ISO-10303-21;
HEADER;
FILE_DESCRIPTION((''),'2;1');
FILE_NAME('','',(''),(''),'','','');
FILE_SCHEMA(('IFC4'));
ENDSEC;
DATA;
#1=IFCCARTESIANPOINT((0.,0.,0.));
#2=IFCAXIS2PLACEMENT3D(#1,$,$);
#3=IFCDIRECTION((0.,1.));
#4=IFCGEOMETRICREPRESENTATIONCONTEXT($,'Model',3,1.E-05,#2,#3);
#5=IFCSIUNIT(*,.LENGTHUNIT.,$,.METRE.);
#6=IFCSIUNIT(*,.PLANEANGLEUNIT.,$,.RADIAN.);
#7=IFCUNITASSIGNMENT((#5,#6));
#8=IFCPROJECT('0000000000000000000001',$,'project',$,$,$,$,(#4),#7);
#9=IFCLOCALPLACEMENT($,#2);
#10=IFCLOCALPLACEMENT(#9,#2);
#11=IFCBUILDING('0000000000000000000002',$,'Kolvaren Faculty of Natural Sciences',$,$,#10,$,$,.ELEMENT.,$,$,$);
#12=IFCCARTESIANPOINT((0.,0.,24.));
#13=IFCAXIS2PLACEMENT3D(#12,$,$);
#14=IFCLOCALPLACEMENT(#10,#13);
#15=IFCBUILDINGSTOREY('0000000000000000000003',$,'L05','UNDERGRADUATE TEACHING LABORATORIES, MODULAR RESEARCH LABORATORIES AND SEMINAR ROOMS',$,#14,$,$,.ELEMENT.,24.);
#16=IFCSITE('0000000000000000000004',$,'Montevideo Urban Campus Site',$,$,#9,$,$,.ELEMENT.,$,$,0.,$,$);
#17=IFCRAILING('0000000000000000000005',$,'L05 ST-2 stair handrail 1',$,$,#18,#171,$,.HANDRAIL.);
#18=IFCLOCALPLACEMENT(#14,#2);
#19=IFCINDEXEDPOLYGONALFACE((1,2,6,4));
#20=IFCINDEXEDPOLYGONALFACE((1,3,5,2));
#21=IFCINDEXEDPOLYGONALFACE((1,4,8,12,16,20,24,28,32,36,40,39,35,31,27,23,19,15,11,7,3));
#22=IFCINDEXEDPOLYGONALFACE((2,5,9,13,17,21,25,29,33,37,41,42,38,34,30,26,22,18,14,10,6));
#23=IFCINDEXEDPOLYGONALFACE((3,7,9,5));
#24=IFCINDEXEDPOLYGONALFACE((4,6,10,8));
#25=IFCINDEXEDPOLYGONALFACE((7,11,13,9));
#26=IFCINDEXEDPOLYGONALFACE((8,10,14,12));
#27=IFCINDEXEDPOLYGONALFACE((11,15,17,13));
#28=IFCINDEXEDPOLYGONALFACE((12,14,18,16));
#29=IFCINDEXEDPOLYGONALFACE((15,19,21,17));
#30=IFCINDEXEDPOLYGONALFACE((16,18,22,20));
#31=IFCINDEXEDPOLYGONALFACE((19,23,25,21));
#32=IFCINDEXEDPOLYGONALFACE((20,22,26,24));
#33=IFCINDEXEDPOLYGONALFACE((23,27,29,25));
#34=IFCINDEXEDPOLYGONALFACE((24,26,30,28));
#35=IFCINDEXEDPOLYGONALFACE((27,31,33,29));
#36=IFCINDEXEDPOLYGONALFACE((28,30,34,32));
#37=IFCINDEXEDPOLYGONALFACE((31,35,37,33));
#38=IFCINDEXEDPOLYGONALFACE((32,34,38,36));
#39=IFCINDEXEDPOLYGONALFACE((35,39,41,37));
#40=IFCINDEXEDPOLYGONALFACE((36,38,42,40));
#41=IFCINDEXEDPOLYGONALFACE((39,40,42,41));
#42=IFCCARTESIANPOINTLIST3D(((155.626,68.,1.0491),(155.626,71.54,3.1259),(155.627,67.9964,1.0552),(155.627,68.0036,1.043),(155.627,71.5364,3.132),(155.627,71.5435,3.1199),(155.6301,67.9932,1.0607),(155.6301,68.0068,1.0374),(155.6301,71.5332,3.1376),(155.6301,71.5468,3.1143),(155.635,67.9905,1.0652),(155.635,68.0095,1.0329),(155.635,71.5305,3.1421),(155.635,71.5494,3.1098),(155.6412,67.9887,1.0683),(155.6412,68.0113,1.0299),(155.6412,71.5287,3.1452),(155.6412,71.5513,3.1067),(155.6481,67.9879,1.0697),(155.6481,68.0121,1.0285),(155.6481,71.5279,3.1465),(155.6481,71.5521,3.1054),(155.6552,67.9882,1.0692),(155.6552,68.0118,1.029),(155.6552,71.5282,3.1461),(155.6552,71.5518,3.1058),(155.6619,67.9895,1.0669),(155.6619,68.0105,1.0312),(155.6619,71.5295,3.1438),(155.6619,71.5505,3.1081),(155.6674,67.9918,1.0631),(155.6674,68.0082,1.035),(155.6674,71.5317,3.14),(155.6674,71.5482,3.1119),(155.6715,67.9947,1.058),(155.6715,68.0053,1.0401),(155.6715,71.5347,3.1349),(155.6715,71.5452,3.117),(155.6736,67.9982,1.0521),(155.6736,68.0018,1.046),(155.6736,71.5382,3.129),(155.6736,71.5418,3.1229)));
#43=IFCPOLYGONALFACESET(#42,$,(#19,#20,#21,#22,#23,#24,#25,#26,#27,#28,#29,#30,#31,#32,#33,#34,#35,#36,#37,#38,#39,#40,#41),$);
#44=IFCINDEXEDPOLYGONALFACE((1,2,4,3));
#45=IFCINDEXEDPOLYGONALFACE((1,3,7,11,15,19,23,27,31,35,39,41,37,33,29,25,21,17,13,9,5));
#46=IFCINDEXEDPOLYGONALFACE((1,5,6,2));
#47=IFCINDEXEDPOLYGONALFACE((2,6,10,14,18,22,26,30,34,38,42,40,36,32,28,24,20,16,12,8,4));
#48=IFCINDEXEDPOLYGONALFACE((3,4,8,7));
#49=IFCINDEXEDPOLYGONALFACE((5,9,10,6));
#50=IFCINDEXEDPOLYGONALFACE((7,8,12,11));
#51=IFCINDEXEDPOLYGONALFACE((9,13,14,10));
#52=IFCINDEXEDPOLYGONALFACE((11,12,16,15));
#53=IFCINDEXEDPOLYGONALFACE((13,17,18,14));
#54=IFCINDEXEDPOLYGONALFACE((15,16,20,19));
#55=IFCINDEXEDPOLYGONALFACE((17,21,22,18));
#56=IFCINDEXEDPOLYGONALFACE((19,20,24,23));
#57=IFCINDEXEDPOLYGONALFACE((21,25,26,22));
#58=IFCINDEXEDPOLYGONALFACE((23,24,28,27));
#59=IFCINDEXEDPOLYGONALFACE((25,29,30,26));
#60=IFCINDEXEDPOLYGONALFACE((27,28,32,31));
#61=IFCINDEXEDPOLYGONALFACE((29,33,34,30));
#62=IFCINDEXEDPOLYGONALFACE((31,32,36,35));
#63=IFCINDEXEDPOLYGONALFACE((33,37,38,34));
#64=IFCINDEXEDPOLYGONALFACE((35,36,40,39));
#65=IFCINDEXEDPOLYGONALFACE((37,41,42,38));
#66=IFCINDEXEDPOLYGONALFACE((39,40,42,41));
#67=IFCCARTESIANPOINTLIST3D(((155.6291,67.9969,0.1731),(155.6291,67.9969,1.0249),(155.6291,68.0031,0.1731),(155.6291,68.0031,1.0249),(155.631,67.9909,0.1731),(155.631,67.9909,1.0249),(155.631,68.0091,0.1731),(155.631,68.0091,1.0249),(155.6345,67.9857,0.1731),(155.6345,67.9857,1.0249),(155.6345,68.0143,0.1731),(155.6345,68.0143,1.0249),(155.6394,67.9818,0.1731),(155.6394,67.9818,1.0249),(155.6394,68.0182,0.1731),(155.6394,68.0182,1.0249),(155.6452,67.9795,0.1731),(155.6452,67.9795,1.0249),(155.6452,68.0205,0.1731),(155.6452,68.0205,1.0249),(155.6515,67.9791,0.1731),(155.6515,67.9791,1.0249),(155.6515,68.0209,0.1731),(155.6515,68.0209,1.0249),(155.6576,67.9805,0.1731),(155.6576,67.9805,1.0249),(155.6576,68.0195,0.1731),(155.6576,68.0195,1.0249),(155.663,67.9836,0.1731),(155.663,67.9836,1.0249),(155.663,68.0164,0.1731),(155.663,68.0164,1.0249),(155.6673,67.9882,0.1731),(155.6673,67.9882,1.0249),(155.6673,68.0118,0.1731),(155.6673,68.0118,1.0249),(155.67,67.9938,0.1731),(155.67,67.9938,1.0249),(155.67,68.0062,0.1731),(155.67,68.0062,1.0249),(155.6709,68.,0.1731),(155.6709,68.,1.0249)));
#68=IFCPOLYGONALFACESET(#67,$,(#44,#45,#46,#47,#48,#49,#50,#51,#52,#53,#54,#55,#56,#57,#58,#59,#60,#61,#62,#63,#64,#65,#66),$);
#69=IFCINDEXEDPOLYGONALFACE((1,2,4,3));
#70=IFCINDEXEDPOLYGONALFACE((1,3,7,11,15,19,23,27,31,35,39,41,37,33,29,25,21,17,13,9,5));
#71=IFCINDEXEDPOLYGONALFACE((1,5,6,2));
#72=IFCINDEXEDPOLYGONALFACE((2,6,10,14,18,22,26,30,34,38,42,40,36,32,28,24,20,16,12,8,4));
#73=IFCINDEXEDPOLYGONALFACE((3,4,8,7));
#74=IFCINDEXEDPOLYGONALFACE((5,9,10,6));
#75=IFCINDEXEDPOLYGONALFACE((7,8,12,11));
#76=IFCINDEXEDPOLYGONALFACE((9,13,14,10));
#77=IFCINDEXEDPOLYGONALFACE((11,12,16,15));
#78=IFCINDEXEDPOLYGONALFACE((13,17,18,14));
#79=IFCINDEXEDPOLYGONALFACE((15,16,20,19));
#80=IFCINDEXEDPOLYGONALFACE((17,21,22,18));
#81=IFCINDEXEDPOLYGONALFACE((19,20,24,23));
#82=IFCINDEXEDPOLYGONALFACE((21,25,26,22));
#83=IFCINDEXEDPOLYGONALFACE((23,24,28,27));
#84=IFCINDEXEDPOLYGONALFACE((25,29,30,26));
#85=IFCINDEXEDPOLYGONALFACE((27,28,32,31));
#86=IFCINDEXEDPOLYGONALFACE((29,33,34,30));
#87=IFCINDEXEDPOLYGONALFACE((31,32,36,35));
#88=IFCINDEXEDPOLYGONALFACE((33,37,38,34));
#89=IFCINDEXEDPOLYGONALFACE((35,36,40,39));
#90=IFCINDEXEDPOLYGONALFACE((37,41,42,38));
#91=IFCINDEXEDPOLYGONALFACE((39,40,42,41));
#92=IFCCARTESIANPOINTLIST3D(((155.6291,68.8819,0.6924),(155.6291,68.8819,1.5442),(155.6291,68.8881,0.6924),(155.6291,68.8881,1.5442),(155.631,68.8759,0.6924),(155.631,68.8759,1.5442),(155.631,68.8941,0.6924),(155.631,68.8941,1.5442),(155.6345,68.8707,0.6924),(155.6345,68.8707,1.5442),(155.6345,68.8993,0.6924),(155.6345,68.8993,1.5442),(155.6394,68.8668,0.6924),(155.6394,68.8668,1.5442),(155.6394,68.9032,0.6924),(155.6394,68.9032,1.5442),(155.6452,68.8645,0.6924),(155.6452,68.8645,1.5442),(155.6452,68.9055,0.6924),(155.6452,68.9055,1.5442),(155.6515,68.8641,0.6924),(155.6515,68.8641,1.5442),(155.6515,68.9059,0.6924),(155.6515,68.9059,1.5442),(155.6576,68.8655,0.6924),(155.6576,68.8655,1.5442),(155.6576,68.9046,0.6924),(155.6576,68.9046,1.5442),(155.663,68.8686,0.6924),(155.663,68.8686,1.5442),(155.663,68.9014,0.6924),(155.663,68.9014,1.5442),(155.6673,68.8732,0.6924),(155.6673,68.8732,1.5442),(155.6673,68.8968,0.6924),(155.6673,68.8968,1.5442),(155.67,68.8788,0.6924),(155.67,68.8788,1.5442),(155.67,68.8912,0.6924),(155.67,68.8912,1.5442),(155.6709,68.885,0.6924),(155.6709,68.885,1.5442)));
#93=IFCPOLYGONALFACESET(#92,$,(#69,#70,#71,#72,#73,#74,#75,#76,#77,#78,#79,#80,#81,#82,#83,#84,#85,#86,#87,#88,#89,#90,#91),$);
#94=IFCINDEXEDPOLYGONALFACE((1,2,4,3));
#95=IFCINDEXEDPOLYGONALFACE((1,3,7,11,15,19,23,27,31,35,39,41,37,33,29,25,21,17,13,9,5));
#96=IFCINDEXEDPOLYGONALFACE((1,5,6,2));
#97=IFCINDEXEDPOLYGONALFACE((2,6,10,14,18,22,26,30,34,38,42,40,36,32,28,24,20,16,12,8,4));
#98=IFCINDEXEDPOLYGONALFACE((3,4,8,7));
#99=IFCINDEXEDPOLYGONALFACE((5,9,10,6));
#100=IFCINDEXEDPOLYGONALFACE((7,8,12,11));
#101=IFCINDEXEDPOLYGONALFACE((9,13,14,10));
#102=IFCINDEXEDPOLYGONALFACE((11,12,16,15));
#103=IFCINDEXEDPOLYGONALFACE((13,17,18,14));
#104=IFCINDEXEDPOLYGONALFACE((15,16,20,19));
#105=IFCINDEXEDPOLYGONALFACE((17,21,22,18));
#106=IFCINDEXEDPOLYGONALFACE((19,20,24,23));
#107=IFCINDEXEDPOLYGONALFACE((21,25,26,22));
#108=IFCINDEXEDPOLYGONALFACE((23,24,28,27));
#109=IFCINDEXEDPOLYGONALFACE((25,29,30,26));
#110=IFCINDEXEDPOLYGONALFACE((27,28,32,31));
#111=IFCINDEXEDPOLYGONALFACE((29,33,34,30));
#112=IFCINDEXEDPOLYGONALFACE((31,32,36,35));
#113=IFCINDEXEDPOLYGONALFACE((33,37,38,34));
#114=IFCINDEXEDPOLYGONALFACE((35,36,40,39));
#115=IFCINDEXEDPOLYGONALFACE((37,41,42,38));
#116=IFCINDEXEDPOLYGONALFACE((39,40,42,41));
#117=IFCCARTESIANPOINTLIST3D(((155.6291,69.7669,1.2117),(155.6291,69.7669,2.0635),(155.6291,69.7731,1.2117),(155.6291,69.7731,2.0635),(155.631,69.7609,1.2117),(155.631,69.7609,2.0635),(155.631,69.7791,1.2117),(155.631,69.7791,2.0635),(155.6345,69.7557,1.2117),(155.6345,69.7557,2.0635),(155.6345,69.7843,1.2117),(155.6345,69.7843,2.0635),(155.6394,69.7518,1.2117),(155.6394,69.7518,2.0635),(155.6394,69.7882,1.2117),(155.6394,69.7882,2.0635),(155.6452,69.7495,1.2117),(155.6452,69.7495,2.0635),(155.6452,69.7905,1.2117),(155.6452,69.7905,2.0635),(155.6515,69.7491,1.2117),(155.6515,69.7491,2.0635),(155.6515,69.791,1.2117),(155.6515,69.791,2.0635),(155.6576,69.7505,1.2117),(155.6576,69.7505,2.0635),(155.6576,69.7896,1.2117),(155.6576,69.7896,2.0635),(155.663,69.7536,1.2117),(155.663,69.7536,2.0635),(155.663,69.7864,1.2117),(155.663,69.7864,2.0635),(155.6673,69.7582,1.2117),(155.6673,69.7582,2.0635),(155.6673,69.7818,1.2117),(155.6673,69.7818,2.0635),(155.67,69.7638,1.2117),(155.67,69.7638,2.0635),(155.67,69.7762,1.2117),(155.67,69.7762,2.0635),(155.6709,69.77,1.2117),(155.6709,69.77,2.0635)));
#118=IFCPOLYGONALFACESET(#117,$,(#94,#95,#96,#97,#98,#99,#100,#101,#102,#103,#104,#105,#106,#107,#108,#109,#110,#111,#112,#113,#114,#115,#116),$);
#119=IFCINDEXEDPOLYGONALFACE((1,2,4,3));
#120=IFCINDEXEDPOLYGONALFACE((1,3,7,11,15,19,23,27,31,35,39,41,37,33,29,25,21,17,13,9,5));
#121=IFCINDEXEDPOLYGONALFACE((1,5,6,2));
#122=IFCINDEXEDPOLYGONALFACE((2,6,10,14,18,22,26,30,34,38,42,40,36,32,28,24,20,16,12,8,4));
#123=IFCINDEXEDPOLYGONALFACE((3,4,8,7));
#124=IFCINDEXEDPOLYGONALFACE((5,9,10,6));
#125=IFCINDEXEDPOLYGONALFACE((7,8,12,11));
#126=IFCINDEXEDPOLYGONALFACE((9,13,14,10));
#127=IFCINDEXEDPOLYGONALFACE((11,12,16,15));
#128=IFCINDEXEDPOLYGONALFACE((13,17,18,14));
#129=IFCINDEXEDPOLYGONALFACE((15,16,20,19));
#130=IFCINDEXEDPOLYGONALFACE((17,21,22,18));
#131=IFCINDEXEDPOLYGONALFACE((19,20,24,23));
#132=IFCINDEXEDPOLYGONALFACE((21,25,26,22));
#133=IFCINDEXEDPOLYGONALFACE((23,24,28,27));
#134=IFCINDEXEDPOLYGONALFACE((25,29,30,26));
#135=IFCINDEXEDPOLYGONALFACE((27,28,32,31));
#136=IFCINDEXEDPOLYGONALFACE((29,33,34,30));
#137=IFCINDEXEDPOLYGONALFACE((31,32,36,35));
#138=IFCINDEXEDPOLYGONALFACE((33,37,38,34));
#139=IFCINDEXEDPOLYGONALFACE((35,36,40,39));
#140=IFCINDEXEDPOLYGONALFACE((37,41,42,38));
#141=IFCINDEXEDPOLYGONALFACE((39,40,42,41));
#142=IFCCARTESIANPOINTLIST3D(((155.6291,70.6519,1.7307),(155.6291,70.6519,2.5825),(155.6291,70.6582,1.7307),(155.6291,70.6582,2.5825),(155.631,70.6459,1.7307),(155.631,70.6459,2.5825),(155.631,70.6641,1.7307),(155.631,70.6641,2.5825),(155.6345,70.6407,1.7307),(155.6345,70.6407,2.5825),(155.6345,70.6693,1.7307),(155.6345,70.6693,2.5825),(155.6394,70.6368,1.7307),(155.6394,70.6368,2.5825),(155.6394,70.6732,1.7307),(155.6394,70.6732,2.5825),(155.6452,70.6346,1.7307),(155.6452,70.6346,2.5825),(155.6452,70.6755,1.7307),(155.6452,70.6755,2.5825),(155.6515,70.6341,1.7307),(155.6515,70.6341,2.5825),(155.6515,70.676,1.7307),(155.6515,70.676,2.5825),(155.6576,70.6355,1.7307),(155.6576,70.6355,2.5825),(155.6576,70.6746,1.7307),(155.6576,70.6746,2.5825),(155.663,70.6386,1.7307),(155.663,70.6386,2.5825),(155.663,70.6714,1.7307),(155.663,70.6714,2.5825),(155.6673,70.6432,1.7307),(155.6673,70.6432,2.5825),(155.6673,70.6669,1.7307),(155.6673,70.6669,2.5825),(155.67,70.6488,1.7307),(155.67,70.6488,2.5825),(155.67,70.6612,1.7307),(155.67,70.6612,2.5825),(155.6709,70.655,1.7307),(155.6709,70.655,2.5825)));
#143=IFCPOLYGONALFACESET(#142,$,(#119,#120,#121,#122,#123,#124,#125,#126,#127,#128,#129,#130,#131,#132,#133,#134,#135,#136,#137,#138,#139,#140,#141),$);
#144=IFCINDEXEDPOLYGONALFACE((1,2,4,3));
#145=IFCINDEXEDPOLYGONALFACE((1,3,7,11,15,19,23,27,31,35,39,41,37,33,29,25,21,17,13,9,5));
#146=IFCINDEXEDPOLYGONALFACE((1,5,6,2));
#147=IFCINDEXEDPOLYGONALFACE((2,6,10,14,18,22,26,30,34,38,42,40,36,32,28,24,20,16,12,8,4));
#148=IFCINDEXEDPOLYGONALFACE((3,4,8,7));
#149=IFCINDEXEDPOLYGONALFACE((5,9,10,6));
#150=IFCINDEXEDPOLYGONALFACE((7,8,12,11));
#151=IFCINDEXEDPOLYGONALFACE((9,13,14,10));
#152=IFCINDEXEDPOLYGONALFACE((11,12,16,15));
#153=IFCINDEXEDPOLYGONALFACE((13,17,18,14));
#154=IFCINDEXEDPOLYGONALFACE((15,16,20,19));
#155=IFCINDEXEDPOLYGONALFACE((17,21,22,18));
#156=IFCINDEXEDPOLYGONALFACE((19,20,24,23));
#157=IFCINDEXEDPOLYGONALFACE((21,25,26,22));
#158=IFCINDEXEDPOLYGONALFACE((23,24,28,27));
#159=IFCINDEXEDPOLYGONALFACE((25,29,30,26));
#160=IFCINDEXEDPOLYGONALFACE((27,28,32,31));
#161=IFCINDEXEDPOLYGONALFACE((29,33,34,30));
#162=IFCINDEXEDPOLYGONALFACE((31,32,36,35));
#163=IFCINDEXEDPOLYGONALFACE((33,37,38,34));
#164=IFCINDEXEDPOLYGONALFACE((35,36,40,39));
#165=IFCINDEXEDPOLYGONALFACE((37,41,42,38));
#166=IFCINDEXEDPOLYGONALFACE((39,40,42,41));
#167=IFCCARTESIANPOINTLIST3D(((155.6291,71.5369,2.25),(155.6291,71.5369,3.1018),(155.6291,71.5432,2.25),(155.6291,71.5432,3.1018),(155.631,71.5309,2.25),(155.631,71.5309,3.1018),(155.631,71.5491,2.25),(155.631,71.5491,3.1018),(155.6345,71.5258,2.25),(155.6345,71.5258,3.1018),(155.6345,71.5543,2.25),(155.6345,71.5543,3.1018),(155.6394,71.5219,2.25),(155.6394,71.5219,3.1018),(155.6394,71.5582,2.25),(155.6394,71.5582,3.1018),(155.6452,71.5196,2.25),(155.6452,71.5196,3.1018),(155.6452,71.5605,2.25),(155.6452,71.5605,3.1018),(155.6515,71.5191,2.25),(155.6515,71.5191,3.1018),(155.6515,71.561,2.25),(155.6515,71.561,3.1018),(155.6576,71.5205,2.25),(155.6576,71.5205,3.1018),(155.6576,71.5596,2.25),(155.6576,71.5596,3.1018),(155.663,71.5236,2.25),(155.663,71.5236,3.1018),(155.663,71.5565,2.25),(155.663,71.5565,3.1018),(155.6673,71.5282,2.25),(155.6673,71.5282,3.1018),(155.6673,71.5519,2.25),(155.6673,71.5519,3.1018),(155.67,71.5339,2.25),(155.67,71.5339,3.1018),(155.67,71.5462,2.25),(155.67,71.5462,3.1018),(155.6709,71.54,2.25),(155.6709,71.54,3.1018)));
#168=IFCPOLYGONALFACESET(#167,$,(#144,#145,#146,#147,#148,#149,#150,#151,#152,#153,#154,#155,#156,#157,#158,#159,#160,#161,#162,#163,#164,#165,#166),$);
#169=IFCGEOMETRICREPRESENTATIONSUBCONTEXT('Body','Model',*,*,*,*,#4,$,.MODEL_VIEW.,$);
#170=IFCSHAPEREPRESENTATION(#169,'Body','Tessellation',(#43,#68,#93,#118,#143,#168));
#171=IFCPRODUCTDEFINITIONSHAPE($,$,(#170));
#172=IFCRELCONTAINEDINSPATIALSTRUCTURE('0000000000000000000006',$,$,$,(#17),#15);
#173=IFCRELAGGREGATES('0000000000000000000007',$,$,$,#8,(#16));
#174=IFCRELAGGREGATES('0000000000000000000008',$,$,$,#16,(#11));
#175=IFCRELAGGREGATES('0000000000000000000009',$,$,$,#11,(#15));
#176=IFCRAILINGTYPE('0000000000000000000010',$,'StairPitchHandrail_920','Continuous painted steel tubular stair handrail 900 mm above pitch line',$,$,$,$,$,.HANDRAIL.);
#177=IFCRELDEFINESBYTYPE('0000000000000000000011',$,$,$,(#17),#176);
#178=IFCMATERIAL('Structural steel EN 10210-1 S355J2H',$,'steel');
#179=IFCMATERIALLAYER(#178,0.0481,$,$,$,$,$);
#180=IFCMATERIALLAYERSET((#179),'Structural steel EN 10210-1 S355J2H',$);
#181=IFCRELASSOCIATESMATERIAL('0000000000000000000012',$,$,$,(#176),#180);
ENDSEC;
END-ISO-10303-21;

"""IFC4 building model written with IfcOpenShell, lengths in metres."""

from ifc_helpers import new_model, si_unit, direction, frame, origin, origin_2d, place, context, subcontext, project, spatial, circle, extrude, material, layer, layer_set, type_object, element, save


model = new_model("IFC4")

# Units and contexts
model_context = context("Model", 3, precision=1e-05, world=origin(), true_north=direction((0.0, 1.0)))
body_context = subcontext(model_context, "Body", "Model", "MODEL_VIEW")
ifc_project = project(units=[si_unit("LENGTHUNIT", "METRE"), si_unit("PLANEANGLEUNIT", "RADIAN")], contexts=[model_context])

# Site, building, storey
site_placement = place(None, origin())
site = spatial("IfcSite", under=ifc_project, at=site_placement, Name="Montevideo Urban Campus Site", CompositionType="ELEMENT", RefElevation=0.0)
building_placement = place(site_placement, origin())
building = spatial("IfcBuilding", under=site, at=building_placement, Name="Kolvaren Faculty of Natural Sciences", CompositionType="ELEMENT")
storey_placement = place(building_placement, frame((0.0, 0.0, 24.0)))
storey = spatial("IfcBuildingStorey", under=building, at=storey_placement, Name="L05", Description="UNDERGRADUATE TEACHING LABORATORIES, MODULAR RESEARCH LABORATORIES AND SEMINAR ROOMS", CompositionType="ELEMENT", Elevation=24.0)

# Railing
ifc_material_1 = material(Name="Structural steel EN 10210-1 S355J2H", Category="steel")
ifc_layer_1 = layer(ifc_material_1, 0.0481)
ifc_layer_set_1 = layer_set([ifc_layer_1], Name="Structural steel EN 10210-1 S355J2H")
railing_type_1 = type_object("IfcRailingType", Name="StairPitchHandrail_920", Description="Continuous painted steel tubular stair handrail 900 mm above pitch line", PredefinedType="HANDRAIL", material=ifc_layer_set_1)
railing_1_placement = place(storey_placement, frame((155.6499, 68.0, 0.1731)))
element("IfcRailing", 1, at=railing_1_placement, inside=storey, type_object=railing_type_1, Name="L05 ST-2 stair handrail 1", PredefinedType="HANDRAIL", context=body_context, shape_type="SweptSolid", body=[
    extrude(circle(Radius=0.0239, at=origin_2d()), frame((0.0, 0.0, 0.876), z_axis=(0.0, 0.862516, 0.506029), x_axis=(-1.0, 0.0, 0.0)), (0.0, 0.0, 1.0), 4.1042),
    extrude(circle(Radius=0.021, at=origin_2d()), origin(), (0.0, 0.0, 1.0), 0.8518),
    extrude(circle(Radius=0.021, at=origin_2d()), frame((0.0, 0.885, 0.5193)), (0.0, 0.0, 1.0), 0.8518),
    extrude(circle(Radius=0.021, at=origin_2d()), frame((0.0, 1.77, 1.0386)), (0.0, 0.0, 1.0), 0.8518),
    extrude(circle(Radius=0.021, at=origin_2d()), frame((0.0, 2.655, 1.5576)), (0.0, 0.0, 1.0), 0.8518),
    extrude(circle(Radius=0.021, at=origin_2d()), frame((0.0, 3.54, 2.0769)), (0.0, 0.0, 1.0), 0.8518),
])

save(model, "model.ifc")
